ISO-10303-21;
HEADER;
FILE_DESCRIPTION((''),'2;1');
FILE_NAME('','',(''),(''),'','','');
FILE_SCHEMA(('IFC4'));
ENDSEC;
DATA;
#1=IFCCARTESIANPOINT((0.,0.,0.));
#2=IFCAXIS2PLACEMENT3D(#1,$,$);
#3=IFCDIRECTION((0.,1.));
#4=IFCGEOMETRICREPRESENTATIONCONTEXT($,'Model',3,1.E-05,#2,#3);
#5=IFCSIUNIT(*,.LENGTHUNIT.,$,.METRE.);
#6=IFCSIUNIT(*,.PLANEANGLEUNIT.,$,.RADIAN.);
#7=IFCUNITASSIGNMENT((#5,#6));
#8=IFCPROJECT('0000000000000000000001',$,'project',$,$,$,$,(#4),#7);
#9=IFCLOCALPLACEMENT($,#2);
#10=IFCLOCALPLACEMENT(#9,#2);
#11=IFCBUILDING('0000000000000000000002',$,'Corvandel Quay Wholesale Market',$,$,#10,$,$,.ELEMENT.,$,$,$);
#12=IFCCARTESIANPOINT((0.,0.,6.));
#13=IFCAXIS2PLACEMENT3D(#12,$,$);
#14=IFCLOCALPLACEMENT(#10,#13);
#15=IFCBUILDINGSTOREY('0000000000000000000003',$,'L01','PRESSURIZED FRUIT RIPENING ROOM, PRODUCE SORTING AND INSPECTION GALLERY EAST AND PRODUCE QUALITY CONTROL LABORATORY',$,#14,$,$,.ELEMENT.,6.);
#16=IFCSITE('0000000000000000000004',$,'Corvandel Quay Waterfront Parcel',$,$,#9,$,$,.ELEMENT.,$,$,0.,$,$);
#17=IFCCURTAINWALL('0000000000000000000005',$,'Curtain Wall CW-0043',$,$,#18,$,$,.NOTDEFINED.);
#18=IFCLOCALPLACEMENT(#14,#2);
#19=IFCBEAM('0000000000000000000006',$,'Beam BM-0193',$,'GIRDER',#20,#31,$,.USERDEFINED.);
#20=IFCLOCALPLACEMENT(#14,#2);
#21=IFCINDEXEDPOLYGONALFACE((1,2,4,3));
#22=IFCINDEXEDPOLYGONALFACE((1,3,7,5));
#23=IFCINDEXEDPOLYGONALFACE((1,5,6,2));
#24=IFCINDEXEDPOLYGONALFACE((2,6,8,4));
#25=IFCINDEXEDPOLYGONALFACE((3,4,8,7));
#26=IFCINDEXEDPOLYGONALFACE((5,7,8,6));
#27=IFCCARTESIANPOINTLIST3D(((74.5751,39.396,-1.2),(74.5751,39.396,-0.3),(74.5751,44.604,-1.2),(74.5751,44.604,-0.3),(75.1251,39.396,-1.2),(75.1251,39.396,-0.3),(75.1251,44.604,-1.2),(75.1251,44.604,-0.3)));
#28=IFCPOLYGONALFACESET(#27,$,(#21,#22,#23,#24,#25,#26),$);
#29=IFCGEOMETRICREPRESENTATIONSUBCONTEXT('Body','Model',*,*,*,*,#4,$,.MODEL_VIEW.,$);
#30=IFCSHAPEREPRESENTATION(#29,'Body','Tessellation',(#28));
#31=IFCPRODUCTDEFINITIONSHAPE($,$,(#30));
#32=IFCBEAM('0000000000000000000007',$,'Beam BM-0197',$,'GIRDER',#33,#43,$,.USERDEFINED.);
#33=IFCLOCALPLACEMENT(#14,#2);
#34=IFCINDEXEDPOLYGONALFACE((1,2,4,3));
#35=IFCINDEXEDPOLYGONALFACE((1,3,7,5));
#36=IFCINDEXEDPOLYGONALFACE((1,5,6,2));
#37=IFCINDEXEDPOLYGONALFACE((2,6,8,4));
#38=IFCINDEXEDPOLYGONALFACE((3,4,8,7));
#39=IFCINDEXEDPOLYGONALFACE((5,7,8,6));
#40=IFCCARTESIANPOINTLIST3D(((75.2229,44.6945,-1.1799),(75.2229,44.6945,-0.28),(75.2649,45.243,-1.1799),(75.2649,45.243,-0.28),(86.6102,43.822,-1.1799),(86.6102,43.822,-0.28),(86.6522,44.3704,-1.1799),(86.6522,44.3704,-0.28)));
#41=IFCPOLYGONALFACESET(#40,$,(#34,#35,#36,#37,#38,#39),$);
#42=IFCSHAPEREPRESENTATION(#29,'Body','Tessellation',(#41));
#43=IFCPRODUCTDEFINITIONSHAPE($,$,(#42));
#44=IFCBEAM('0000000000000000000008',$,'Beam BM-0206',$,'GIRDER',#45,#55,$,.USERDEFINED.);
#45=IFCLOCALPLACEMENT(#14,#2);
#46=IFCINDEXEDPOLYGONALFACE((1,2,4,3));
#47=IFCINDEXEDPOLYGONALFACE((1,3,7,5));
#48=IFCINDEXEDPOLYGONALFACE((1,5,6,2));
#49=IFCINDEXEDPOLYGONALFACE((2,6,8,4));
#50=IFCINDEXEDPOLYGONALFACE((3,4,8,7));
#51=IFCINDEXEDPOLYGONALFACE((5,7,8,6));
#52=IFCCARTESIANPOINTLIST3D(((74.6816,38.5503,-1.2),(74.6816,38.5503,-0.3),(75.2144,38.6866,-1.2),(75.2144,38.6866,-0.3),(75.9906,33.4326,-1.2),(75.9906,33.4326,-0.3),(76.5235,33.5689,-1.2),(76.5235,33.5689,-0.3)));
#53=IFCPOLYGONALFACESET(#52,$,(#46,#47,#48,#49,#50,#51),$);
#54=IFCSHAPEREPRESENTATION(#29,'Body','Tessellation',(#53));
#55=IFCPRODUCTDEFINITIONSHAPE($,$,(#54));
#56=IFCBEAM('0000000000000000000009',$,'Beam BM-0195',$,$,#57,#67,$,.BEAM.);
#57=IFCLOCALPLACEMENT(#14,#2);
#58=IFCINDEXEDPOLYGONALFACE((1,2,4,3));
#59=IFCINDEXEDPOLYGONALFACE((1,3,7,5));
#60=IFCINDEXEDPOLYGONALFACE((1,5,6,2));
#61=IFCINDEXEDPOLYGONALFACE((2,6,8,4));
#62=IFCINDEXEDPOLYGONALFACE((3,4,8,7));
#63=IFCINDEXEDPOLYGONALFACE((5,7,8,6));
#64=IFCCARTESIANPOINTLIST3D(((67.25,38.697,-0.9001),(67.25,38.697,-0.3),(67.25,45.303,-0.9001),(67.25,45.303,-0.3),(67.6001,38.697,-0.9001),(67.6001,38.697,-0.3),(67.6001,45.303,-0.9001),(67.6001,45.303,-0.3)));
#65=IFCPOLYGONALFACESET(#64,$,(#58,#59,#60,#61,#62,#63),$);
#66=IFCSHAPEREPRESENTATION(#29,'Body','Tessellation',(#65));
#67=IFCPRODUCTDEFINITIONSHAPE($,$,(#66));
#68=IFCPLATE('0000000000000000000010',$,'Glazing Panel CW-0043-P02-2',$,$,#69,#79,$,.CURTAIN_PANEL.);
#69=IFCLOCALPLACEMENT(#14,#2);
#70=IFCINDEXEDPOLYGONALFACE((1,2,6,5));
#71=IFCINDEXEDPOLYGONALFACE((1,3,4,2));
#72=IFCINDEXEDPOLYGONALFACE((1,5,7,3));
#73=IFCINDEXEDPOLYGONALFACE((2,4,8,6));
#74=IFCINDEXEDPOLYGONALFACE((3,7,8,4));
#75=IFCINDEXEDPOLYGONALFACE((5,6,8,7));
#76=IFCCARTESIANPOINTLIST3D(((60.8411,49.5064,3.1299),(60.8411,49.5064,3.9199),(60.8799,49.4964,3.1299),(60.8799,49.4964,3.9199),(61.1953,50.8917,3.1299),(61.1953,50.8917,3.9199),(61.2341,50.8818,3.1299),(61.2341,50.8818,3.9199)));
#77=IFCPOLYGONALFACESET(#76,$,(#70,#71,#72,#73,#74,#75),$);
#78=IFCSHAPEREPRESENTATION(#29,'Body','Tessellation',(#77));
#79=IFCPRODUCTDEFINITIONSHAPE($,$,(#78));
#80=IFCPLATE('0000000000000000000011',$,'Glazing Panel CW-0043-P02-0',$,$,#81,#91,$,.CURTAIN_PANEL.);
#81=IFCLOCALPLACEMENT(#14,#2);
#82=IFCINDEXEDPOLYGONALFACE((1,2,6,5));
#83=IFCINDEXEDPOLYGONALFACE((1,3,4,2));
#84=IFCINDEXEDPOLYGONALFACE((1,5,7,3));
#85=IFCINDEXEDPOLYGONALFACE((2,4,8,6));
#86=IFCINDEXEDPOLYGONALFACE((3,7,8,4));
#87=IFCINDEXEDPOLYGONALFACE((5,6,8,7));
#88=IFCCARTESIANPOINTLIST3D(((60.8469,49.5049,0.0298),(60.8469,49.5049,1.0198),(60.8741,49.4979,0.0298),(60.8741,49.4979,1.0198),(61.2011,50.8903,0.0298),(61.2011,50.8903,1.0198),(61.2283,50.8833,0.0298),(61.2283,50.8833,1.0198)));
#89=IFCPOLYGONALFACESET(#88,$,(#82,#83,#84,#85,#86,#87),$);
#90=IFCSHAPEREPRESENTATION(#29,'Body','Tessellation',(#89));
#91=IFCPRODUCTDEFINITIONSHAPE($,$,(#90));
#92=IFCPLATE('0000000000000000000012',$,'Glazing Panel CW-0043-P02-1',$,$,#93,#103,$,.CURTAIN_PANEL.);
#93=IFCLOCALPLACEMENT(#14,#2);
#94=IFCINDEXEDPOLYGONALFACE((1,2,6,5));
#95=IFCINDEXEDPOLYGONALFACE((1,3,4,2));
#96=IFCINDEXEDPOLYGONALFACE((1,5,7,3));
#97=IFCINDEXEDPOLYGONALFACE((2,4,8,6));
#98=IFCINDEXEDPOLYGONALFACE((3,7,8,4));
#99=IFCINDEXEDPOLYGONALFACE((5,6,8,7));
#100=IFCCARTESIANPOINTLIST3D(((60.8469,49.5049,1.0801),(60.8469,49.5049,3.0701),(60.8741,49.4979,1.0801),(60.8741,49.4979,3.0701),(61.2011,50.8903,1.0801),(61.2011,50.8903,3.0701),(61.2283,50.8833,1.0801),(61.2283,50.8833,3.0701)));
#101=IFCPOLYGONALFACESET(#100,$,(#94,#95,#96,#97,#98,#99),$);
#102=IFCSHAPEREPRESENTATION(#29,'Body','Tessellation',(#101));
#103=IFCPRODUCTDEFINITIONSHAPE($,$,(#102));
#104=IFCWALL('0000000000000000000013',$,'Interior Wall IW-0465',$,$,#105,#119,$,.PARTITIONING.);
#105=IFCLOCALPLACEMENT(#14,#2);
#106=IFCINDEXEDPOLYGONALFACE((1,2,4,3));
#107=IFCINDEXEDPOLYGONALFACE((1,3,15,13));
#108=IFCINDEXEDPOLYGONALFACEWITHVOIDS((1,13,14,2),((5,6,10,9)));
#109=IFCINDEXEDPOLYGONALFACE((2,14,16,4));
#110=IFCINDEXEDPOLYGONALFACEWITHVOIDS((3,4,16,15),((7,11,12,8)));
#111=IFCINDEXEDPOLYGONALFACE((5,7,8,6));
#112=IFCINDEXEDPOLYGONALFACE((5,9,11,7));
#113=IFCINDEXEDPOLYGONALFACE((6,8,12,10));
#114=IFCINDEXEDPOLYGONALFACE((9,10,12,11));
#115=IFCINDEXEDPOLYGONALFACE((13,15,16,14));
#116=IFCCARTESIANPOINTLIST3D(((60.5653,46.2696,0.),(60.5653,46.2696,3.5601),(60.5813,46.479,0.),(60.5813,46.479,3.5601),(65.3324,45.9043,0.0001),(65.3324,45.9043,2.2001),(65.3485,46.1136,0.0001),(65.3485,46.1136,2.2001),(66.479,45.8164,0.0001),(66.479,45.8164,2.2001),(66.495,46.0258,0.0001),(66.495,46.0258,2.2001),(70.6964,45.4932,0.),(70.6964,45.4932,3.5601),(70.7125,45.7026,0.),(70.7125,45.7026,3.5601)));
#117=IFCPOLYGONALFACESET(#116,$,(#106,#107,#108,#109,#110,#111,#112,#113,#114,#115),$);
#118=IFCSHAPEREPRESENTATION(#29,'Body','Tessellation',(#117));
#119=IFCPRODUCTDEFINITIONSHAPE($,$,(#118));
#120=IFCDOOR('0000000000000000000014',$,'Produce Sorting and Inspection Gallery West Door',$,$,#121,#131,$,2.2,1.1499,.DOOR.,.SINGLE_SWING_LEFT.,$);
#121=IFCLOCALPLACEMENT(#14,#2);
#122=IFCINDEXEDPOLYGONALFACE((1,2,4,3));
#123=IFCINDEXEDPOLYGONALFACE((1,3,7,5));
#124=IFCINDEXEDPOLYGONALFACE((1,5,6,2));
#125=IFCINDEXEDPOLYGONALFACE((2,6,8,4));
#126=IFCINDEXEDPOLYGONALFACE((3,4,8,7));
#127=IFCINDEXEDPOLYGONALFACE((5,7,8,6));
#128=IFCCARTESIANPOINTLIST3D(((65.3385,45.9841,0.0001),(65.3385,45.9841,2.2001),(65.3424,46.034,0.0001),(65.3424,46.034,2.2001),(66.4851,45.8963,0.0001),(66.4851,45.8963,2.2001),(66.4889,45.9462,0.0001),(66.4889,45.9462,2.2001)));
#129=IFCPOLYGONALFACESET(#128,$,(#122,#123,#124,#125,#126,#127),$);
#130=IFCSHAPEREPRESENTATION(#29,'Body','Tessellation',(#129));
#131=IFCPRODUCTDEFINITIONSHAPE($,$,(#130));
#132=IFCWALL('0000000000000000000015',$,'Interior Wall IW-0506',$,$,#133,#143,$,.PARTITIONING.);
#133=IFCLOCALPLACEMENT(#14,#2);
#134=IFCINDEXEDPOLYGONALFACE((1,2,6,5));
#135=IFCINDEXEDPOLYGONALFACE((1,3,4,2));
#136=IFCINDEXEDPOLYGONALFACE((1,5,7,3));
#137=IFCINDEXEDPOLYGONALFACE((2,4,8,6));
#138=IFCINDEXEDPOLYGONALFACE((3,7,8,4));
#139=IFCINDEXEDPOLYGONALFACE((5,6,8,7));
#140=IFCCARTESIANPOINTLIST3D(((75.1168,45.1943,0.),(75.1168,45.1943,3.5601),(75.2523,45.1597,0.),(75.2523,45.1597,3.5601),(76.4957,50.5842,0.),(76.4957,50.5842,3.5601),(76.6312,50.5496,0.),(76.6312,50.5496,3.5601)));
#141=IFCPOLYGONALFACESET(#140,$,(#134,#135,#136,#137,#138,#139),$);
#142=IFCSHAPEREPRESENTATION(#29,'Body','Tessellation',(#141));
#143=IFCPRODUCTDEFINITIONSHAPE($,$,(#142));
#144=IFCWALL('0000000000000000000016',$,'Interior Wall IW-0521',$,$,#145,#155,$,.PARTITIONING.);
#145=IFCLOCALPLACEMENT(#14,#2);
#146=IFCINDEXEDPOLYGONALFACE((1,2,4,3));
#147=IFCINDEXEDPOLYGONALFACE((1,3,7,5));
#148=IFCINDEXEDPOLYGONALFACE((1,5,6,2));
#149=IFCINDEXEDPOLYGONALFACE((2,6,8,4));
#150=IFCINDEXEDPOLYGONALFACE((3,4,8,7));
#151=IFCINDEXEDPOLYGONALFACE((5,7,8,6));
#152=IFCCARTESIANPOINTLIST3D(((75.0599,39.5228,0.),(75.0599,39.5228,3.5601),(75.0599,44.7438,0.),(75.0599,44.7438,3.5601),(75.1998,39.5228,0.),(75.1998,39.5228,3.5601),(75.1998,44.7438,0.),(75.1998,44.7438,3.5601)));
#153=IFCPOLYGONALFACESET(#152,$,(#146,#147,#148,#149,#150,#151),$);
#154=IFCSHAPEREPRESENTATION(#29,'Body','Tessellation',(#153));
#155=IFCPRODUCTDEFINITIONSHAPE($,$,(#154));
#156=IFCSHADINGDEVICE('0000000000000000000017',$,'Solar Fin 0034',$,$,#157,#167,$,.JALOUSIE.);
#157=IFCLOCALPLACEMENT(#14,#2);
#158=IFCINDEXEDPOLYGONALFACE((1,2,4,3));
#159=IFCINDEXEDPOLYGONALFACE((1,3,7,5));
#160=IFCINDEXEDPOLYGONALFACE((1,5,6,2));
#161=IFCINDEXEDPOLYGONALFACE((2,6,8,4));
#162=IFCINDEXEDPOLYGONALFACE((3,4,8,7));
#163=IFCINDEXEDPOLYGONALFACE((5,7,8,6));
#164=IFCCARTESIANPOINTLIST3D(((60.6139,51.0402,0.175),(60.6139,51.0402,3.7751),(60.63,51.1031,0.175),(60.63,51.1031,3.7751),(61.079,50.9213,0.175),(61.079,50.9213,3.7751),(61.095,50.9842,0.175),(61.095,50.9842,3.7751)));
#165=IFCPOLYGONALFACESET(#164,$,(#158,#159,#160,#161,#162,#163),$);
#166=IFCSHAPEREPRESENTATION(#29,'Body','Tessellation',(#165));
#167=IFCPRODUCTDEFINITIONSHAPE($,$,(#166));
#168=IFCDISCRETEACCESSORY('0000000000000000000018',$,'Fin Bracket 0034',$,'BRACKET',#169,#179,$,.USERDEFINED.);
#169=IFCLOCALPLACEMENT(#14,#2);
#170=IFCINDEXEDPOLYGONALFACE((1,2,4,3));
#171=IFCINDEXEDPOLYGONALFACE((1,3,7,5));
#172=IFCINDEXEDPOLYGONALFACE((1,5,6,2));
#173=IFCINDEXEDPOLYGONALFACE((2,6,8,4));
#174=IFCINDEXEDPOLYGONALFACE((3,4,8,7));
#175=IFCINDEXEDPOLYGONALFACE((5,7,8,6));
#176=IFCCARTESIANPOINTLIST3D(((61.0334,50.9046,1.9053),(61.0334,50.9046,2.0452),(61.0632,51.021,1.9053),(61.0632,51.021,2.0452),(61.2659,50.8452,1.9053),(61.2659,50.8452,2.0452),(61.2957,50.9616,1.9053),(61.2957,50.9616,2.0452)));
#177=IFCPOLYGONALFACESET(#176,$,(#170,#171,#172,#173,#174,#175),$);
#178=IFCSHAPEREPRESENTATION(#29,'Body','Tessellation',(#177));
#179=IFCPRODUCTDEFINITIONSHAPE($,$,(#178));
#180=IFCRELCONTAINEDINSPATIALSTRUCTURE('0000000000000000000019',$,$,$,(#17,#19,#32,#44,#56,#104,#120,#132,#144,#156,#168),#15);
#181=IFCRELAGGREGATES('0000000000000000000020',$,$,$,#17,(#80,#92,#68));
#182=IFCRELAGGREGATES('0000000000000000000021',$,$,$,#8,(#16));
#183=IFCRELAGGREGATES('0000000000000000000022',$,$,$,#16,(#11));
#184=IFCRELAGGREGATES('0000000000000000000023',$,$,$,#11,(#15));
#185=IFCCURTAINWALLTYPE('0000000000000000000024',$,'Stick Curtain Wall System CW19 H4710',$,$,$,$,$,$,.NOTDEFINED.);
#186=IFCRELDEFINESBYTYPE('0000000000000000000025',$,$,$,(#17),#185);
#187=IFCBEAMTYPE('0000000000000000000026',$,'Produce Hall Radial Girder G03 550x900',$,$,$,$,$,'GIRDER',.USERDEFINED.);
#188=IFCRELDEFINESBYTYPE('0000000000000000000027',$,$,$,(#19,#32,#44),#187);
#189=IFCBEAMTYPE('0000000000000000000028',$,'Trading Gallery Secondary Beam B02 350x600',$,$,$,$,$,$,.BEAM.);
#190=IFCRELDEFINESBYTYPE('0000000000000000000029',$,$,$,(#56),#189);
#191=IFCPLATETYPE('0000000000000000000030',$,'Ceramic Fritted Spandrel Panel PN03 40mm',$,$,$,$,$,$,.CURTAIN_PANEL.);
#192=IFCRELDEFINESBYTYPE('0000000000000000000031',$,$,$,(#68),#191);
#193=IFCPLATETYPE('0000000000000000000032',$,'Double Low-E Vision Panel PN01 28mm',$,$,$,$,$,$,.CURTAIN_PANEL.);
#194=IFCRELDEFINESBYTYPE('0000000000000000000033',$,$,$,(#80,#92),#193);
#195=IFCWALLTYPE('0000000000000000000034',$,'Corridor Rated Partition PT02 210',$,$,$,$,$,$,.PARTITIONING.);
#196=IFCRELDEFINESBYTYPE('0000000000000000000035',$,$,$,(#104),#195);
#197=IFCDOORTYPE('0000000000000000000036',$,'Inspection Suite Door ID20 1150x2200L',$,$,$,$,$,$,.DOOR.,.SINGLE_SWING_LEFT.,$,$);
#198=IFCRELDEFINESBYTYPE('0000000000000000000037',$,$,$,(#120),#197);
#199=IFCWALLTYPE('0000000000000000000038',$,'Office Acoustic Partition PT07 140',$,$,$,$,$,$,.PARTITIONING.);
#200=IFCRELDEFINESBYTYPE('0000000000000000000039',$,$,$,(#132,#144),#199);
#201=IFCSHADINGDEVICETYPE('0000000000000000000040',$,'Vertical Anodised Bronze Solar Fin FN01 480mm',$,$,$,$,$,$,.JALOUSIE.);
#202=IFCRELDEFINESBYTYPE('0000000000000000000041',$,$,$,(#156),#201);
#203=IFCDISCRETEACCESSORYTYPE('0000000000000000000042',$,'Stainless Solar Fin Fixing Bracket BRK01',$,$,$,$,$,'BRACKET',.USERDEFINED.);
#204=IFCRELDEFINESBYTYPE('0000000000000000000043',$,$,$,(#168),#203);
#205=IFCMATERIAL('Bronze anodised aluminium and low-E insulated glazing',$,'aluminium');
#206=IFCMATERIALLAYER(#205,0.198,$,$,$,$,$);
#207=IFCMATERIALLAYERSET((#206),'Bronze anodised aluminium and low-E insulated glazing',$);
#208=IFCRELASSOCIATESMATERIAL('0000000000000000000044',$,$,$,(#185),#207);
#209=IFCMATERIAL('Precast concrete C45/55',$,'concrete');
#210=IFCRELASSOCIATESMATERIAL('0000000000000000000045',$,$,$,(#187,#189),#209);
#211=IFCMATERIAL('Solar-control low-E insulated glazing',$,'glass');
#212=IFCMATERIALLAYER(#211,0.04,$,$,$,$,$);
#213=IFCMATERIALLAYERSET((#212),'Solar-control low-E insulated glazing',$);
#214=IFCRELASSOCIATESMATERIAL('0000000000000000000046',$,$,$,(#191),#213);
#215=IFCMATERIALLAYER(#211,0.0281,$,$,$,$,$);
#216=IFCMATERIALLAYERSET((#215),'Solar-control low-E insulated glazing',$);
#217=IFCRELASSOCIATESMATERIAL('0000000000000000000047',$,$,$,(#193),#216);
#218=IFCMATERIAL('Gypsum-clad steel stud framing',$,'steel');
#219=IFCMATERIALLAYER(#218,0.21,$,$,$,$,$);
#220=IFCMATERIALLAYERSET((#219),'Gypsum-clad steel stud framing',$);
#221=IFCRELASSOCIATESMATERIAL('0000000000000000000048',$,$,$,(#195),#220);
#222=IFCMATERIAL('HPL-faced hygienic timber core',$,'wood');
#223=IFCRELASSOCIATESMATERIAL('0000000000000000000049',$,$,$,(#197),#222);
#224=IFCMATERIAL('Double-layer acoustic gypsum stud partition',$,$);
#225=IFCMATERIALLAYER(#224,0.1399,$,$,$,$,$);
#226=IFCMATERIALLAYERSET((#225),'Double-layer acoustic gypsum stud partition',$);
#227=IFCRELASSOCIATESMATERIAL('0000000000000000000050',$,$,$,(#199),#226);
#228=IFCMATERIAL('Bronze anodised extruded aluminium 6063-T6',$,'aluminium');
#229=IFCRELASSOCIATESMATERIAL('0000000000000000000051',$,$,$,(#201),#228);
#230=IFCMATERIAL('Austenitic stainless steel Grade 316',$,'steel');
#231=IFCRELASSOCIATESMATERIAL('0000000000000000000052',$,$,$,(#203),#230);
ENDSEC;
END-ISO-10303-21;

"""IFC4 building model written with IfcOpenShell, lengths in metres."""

from ifc_helpers import new_model, si_unit, direction, frame, frame_2d, origin, origin_2d, place, context, subcontext, project, spatial, rectangle, extrude, material, layer, layer_set, material_profile, profile_set, type_object, element, fill, aggregate, save


model = new_model("IFC4")

# Units and contexts
model_context = context("Model", 3, precision=1e-05, world=origin(), true_north=direction((0.0, 1.0)))
body_context = subcontext(model_context, "Body", "Model", "MODEL_VIEW")
ifc_project = project(units=[si_unit("LENGTHUNIT", "METRE"), si_unit("PLANEANGLEUNIT", "RADIAN")], contexts=[model_context])

# Site, building, storey
site_placement = place(None, origin())
site = spatial("IfcSite", under=ifc_project, at=site_placement, Name="Corvandel Quay Waterfront Parcel", CompositionType="ELEMENT", RefElevation=0.0)
building_placement = place(site_placement, origin())
building = spatial("IfcBuilding", under=site, at=building_placement, Name="Corvandel Quay Wholesale Market", CompositionType="ELEMENT")
storey_placement = place(building_placement, frame((0.0, 0.0, 6.0)))
storey = spatial("IfcBuildingStorey", under=building, at=storey_placement, Name="L01", Description="PRESSURIZED FRUIT RIPENING ROOM, PRODUCE SORTING AND INSPECTION GALLERY EAST AND PRODUCE QUALITY CONTROL LABORATORY", CompositionType="ELEMENT", Elevation=6.0)

# Shared definitions
ifc_material_1 = material(Name="Precast concrete C45/55", Category="concrete")

# Curtain wall
ifc_material_2 = material(Name="Bronze anodised aluminium and low-E insulated glazing", Category="aluminium")
ifc_layer_1 = layer(ifc_material_2, 0.198)
ifc_layer_set_1 = layer_set([ifc_layer_1], Name="Bronze anodised aluminium and low-E insulated glazing")
curtain_wall_type_1 = type_object("IfcCurtainWallType", Name="Stick Curtain Wall System CW19 H4710", PredefinedType="NOTDEFINED", material=ifc_layer_set_1)
curtain_wall_1_placement = place(storey_placement, origin())
curtain_wall_1 = element("IfcCurtainWall", 1, at=curtain_wall_1_placement, inside=storey, type_object=curtain_wall_type_1, Name="Curtain Wall CW-0043", PredefinedType="NOTDEFINED")

# Beams
ifc_material_profile_1 = material_profile(ifc_material_1, rectangle(XDim=0.55, YDim=0.8999, at=origin_2d()), Name="PC-GIR-550x900")
ifc_profile_set_1 = profile_set([ifc_material_profile_1], Name="Precast concrete C45/55")
beam_type_1 = type_object("IfcBeamType", Name="Produce Hall Radial Girder G03 550x900", ElementType="GIRDER", PredefinedType="USERDEFINED", material=ifc_profile_set_1)
beam_1_placement = place(storey_placement, frame((74.8501, 44.604, -0.75), z_axis=(0.0, -1.0, 0.0), x_axis=(1.0, 0.0, 0.0)))
element("IfcBeam", 2, at=beam_1_placement, inside=storey, type_object=beam_type_1, Name="Beam BM-0193", ObjectType="GIRDER", PredefinedType="USERDEFINED", context=body_context, shape_type="SweptSolid", body=[
    extrude(rectangle(XDim=0.55, YDim=0.8999, at=origin_2d()), origin(), (0.0, 0.0, 1.0), 5.208),
])
beam_2_placement = place(storey_placement, frame((75.2439, 44.9688, -0.73), z_axis=(0.997077, -0.076402, 0.0), x_axis=(0.076402, 0.997077, 0.0)))
element("IfcBeam", 3, at=beam_2_placement, inside=storey, type_object=beam_type_1, Name="Beam BM-0197", ObjectType="GIRDER", PredefinedType="USERDEFINED", context=body_context, shape_type="SweptSolid", body=[
    extrude(rectangle(XDim=0.55, YDim=0.8999, at=origin_2d()), origin(), (0.0, 0.0, 1.0), 11.4207),
])
beam_3_placement = place(storey_placement, frame((74.948, 38.6184, -0.75), z_axis=(0.247817, -0.968807, 0.0), x_axis=(0.968807, 0.247817, 0.0)))
element("IfcBeam", 4, at=beam_3_placement, inside=storey, type_object=beam_type_1, Name="Beam BM-0206", ObjectType="GIRDER", PredefinedType="USERDEFINED", context=body_context, shape_type="SweptSolid", body=[
    extrude(rectangle(XDim=0.55, YDim=0.8999, at=origin_2d()), origin(), (0.0, 0.0, 1.0), 5.2825),
])
ifc_material_profile_2 = material_profile(ifc_material_1, rectangle(XDim=0.3501, YDim=0.6001, at=origin_2d()), Name="PC-BM-350x600")
ifc_profile_set_2 = profile_set([ifc_material_profile_2], Name="Precast concrete C45/55")
beam_type_2 = type_object("IfcBeamType", Name="Trading Gallery Secondary Beam B02 350x600", PredefinedType="BEAM", material=ifc_profile_set_2)
beam_4_placement = place(storey_placement, frame((67.425, 45.303, -0.6001), z_axis=(0.0, -1.0, 0.0), x_axis=(1.0, 0.0, 0.0)))
element("IfcBeam", 5, at=beam_4_placement, inside=storey, type_object=beam_type_2, Name="Beam BM-0195", PredefinedType="BEAM", context=body_context, shape_type="SweptSolid", body=[
    extrude(rectangle(XDim=0.3501, YDim=0.6001, at=origin_2d()), origin(), (0.0, 0.0, 1.0), 6.606),
])

# Plates
ifc_material_3 = material(Name="Solar-control low-E insulated glazing", Category="glass")
ifc_layer_2 = layer(ifc_material_3, 0.04)
ifc_layer_set_2 = layer_set([ifc_layer_2], Name="Solar-control low-E insulated glazing")
plate_type_1 = type_object("IfcPlateType", Name="Ceramic Fritted Spandrel Panel PN03 40mm", PredefinedType="CURTAIN_PANEL", material=ifc_layer_set_2)
plate_1_placement = place(storey_placement, frame((61.0376, 50.1941, 3.1299), z_axis=(0.0, 0.0, 1.0), x_axis=(0.247675, 0.968843, 0.0)))
plate_1 = element("IfcPlate", 6, at=plate_1_placement, type_object=plate_type_1, Name="Glazing Panel CW-0043-P02-2", PredefinedType="CURTAIN_PANEL", context=body_context, shape_type="SweptSolid", body=[
    extrude(rectangle(XDim=1.4299, YDim=0.04, at=origin_2d()), origin(), (0.0, 0.0, 1.0), 0.79),
])
ifc_layer_3 = layer(ifc_material_3, 0.0281)
ifc_layer_set_3 = layer_set([ifc_layer_3], Name="Solar-control low-E insulated glazing")
plate_type_2 = type_object("IfcPlateType", Name="Double Low-E Vision Panel PN01 28mm", PredefinedType="CURTAIN_PANEL", material=ifc_layer_set_3)
plate_2_placement = place(storey_placement, frame((61.0376, 50.1941, 0.0298), z_axis=(0.0, 0.0, 1.0), x_axis=(0.247675, 0.968843, 0.0)))
plate_2 = element("IfcPlate", 7, at=plate_2_placement, type_object=plate_type_2, Name="Glazing Panel CW-0043-P02-0", PredefinedType="CURTAIN_PANEL", context=body_context, shape_type="SweptSolid", body=[
    extrude(rectangle(XDim=1.4299, YDim=0.0281, at=origin_2d()), origin(), (0.0, 0.0, 1.0), 0.99),
])
plate_3_placement = place(storey_placement, frame((61.0376, 50.1941, 1.0801), z_axis=(0.0, 0.0, 1.0), x_axis=(0.247675, 0.968843, 0.0)))
plate_3 = element("IfcPlate", 8, at=plate_3_placement, type_object=plate_type_2, Name="Glazing Panel CW-0043-P02-1", PredefinedType="CURTAIN_PANEL", context=body_context, shape_type="SweptSolid", body=[
    extrude(rectangle(XDim=1.4299, YDim=0.0281, at=origin_2d()), origin(), (0.0, 0.0, 1.0), 1.99),
])
aggregate(curtain_wall_1, [plate_2, plate_3, plate_1])

# Wall, opening, door
ifc_material_4 = material(Name="Gypsum-clad steel stud framing", Category="steel")
ifc_layer_4 = layer(ifc_material_4, 0.21)
ifc_layer_set_4 = layer_set([ifc_layer_4], Name="Gypsum-clad steel stud framing")
wall_type_1 = type_object("IfcWallType", Name="Corridor Rated Partition PT02 210", PredefinedType="PARTITIONING", material=ifc_layer_set_4)
wall_1_placement = place(storey_placement, frame((70.7046, 45.5979, 0.0), z_axis=(0.0, 0.0, 1.0), x_axis=(-0.997077, 0.076408, 0.0)))
wall_1 = element("IfcWall", 9, at=wall_1_placement, inside=storey, type_object=wall_type_1, Name="Interior Wall IW-0465", PredefinedType="PARTITIONING", context=body_context, shape_type="SweptSolid", body=[
    extrude(rectangle(XDim=10.1609, YDim=0.21, at=frame_2d((5.0806, 0.0))), origin(), (0.0, 0.0, 1.0), 3.5601),
])
opening_placement = place(wall_1_placement, frame((4.23, 0.0, 0.0)))
opening = element("IfcOpeningElement", 10, at=opening_placement, cuts=wall_1, PredefinedType="OPENING", context=body_context, shape_type="SweptSolid", body=[
    extrude(rectangle(XDim=1.1499, YDim=2.2, at=frame_2d((0.575, 1.1001))), frame((0.0, 0.115, 0.0), z_axis=(0.0, -1.0, 0.0), x_axis=(1.0, 0.0, 0.0)), (0.0, 0.0, 1.0), 0.23),
])
ifc_material_5 = material(Name="HPL-faced hygienic timber core", Category="wood")
door_type = type_object("IfcDoorType", Name="Inspection Suite Door ID20 1150x2200L", OperationType="SINGLE_SWING_LEFT", PredefinedType="DOOR", material=ifc_material_5)
door_placement = place(opening_placement, origin())
door = element("IfcDoor", 11, at=door_placement, inside=storey, type_object=door_type, Name="Produce Sorting and Inspection Gallery West Door", OperationType="SINGLE_SWING_LEFT", OverallHeight=2.2, OverallWidth=1.1499, PredefinedType="DOOR", context=body_context, shape_type="SweptSolid", body=[
    extrude(rectangle(XDim=1.1499, YDim=2.2, at=frame_2d((0.575, 1.1001))), frame((0.0, 0.0249, 0.0), z_axis=(0.0, -1.0, 0.0), x_axis=(1.0, 0.0, 0.0)), (0.0, 0.0, 1.0), 0.05),
])
fill(opening, door)

# Walls
ifc_material_6 = material(Name="Double-layer acoustic gypsum stud partition")
ifc_layer_5 = layer(ifc_material_6, 0.1399)
ifc_layer_set_5 = layer_set([ifc_layer_5], Name="Double-layer acoustic gypsum stud partition")
wall_type_2 = type_object("IfcWallType", Name="Office Acoustic Partition PT07 140", PredefinedType="PARTITIONING", material=ifc_layer_set_5)
wall_2_placement = place(storey_placement, frame((75.1846, 45.177, 0.0), z_axis=(0.0, 0.0, 1.0), x_axis=(0.24785, 0.968799, 0.0)))
element("IfcWall", 12, at=wall_2_placement, inside=storey, type_object=wall_type_2, Name="Interior Wall IW-0506", PredefinedType="PARTITIONING", context=body_context, shape_type="SweptSolid", body=[
    extrude(rectangle(XDim=5.5635, YDim=0.1399, at=frame_2d((2.7817, 0.0))), origin(), (0.0, 0.0, 1.0), 3.5601),
])
wall_3_placement = place(storey_placement, frame((75.1299, 39.5229, 0.0), z_axis=(0.0, 0.0, 1.0), x_axis=(0.0, 1.0, 0.0)))
element("IfcWall", 13, at=wall_3_placement, inside=storey, type_object=wall_type_2, Name="Interior Wall IW-0521", PredefinedType="PARTITIONING", context=body_context, shape_type="SweptSolid", body=[
    extrude(rectangle(XDim=5.2209, YDim=0.1399, at=frame_2d((2.6104, 0.0))), origin(), (0.0, 0.0, 1.0), 3.5601),
])

# Shading device
ifc_material_7 = material(Name="Bronze anodised extruded aluminium 6063-T6", Category="aluminium")
shading_device_type = type_object("IfcShadingDeviceType", Name="Vertical Anodised Bronze Solar Fin FN01 480mm", PredefinedType="JALOUSIE", material=ifc_material_7)
shading_device_placement = place(storey_placement, frame((60.8545, 51.0122, 0.175), z_axis=(0.0, 0.0, 1.0), x_axis=(-0.968843, 0.247675, 0.0)))
element("IfcShadingDevice", 14, at=shading_device_placement, inside=storey, type_object=shading_device_type, Name="Solar Fin 0034", PredefinedType="JALOUSIE", context=body_context, shape_type="SweptSolid", body=[
    extrude(rectangle(XDim=0.48, YDim=0.0649, at=origin_2d()), origin(), (0.0, 0.0, 1.0), 3.6001),
])

# Discrete accessory
ifc_material_8 = material(Name="Austenitic stainless steel Grade 316", Category="steel")
discrete_accessory_type = type_object("IfcDiscreteAccessoryType", Name="Stainless Solar Fin Fixing Bracket BRK01", ElementType="BRACKET", PredefinedType="USERDEFINED", material=ifc_material_8)
discrete_accessory_placement = place(storey_placement, frame((61.1646, 50.9331, 1.9053), z_axis=(0.0, 0.0, 1.0), x_axis=(-0.968843, 0.247675, 0.0)))
element("IfcDiscreteAccessory", 15, at=discrete_accessory_placement, inside=storey, type_object=discrete_accessory_type, Name="Fin Bracket 0034", ObjectType="BRACKET", PredefinedType="USERDEFINED", context=body_context, shape_type="SweptSolid", body=[
    extrude(rectangle(XDim=0.24, YDim=0.1201, at=origin_2d()), origin(), (0.0, 0.0, 1.0), 0.1399),
])

save(model, "model.ifc")
